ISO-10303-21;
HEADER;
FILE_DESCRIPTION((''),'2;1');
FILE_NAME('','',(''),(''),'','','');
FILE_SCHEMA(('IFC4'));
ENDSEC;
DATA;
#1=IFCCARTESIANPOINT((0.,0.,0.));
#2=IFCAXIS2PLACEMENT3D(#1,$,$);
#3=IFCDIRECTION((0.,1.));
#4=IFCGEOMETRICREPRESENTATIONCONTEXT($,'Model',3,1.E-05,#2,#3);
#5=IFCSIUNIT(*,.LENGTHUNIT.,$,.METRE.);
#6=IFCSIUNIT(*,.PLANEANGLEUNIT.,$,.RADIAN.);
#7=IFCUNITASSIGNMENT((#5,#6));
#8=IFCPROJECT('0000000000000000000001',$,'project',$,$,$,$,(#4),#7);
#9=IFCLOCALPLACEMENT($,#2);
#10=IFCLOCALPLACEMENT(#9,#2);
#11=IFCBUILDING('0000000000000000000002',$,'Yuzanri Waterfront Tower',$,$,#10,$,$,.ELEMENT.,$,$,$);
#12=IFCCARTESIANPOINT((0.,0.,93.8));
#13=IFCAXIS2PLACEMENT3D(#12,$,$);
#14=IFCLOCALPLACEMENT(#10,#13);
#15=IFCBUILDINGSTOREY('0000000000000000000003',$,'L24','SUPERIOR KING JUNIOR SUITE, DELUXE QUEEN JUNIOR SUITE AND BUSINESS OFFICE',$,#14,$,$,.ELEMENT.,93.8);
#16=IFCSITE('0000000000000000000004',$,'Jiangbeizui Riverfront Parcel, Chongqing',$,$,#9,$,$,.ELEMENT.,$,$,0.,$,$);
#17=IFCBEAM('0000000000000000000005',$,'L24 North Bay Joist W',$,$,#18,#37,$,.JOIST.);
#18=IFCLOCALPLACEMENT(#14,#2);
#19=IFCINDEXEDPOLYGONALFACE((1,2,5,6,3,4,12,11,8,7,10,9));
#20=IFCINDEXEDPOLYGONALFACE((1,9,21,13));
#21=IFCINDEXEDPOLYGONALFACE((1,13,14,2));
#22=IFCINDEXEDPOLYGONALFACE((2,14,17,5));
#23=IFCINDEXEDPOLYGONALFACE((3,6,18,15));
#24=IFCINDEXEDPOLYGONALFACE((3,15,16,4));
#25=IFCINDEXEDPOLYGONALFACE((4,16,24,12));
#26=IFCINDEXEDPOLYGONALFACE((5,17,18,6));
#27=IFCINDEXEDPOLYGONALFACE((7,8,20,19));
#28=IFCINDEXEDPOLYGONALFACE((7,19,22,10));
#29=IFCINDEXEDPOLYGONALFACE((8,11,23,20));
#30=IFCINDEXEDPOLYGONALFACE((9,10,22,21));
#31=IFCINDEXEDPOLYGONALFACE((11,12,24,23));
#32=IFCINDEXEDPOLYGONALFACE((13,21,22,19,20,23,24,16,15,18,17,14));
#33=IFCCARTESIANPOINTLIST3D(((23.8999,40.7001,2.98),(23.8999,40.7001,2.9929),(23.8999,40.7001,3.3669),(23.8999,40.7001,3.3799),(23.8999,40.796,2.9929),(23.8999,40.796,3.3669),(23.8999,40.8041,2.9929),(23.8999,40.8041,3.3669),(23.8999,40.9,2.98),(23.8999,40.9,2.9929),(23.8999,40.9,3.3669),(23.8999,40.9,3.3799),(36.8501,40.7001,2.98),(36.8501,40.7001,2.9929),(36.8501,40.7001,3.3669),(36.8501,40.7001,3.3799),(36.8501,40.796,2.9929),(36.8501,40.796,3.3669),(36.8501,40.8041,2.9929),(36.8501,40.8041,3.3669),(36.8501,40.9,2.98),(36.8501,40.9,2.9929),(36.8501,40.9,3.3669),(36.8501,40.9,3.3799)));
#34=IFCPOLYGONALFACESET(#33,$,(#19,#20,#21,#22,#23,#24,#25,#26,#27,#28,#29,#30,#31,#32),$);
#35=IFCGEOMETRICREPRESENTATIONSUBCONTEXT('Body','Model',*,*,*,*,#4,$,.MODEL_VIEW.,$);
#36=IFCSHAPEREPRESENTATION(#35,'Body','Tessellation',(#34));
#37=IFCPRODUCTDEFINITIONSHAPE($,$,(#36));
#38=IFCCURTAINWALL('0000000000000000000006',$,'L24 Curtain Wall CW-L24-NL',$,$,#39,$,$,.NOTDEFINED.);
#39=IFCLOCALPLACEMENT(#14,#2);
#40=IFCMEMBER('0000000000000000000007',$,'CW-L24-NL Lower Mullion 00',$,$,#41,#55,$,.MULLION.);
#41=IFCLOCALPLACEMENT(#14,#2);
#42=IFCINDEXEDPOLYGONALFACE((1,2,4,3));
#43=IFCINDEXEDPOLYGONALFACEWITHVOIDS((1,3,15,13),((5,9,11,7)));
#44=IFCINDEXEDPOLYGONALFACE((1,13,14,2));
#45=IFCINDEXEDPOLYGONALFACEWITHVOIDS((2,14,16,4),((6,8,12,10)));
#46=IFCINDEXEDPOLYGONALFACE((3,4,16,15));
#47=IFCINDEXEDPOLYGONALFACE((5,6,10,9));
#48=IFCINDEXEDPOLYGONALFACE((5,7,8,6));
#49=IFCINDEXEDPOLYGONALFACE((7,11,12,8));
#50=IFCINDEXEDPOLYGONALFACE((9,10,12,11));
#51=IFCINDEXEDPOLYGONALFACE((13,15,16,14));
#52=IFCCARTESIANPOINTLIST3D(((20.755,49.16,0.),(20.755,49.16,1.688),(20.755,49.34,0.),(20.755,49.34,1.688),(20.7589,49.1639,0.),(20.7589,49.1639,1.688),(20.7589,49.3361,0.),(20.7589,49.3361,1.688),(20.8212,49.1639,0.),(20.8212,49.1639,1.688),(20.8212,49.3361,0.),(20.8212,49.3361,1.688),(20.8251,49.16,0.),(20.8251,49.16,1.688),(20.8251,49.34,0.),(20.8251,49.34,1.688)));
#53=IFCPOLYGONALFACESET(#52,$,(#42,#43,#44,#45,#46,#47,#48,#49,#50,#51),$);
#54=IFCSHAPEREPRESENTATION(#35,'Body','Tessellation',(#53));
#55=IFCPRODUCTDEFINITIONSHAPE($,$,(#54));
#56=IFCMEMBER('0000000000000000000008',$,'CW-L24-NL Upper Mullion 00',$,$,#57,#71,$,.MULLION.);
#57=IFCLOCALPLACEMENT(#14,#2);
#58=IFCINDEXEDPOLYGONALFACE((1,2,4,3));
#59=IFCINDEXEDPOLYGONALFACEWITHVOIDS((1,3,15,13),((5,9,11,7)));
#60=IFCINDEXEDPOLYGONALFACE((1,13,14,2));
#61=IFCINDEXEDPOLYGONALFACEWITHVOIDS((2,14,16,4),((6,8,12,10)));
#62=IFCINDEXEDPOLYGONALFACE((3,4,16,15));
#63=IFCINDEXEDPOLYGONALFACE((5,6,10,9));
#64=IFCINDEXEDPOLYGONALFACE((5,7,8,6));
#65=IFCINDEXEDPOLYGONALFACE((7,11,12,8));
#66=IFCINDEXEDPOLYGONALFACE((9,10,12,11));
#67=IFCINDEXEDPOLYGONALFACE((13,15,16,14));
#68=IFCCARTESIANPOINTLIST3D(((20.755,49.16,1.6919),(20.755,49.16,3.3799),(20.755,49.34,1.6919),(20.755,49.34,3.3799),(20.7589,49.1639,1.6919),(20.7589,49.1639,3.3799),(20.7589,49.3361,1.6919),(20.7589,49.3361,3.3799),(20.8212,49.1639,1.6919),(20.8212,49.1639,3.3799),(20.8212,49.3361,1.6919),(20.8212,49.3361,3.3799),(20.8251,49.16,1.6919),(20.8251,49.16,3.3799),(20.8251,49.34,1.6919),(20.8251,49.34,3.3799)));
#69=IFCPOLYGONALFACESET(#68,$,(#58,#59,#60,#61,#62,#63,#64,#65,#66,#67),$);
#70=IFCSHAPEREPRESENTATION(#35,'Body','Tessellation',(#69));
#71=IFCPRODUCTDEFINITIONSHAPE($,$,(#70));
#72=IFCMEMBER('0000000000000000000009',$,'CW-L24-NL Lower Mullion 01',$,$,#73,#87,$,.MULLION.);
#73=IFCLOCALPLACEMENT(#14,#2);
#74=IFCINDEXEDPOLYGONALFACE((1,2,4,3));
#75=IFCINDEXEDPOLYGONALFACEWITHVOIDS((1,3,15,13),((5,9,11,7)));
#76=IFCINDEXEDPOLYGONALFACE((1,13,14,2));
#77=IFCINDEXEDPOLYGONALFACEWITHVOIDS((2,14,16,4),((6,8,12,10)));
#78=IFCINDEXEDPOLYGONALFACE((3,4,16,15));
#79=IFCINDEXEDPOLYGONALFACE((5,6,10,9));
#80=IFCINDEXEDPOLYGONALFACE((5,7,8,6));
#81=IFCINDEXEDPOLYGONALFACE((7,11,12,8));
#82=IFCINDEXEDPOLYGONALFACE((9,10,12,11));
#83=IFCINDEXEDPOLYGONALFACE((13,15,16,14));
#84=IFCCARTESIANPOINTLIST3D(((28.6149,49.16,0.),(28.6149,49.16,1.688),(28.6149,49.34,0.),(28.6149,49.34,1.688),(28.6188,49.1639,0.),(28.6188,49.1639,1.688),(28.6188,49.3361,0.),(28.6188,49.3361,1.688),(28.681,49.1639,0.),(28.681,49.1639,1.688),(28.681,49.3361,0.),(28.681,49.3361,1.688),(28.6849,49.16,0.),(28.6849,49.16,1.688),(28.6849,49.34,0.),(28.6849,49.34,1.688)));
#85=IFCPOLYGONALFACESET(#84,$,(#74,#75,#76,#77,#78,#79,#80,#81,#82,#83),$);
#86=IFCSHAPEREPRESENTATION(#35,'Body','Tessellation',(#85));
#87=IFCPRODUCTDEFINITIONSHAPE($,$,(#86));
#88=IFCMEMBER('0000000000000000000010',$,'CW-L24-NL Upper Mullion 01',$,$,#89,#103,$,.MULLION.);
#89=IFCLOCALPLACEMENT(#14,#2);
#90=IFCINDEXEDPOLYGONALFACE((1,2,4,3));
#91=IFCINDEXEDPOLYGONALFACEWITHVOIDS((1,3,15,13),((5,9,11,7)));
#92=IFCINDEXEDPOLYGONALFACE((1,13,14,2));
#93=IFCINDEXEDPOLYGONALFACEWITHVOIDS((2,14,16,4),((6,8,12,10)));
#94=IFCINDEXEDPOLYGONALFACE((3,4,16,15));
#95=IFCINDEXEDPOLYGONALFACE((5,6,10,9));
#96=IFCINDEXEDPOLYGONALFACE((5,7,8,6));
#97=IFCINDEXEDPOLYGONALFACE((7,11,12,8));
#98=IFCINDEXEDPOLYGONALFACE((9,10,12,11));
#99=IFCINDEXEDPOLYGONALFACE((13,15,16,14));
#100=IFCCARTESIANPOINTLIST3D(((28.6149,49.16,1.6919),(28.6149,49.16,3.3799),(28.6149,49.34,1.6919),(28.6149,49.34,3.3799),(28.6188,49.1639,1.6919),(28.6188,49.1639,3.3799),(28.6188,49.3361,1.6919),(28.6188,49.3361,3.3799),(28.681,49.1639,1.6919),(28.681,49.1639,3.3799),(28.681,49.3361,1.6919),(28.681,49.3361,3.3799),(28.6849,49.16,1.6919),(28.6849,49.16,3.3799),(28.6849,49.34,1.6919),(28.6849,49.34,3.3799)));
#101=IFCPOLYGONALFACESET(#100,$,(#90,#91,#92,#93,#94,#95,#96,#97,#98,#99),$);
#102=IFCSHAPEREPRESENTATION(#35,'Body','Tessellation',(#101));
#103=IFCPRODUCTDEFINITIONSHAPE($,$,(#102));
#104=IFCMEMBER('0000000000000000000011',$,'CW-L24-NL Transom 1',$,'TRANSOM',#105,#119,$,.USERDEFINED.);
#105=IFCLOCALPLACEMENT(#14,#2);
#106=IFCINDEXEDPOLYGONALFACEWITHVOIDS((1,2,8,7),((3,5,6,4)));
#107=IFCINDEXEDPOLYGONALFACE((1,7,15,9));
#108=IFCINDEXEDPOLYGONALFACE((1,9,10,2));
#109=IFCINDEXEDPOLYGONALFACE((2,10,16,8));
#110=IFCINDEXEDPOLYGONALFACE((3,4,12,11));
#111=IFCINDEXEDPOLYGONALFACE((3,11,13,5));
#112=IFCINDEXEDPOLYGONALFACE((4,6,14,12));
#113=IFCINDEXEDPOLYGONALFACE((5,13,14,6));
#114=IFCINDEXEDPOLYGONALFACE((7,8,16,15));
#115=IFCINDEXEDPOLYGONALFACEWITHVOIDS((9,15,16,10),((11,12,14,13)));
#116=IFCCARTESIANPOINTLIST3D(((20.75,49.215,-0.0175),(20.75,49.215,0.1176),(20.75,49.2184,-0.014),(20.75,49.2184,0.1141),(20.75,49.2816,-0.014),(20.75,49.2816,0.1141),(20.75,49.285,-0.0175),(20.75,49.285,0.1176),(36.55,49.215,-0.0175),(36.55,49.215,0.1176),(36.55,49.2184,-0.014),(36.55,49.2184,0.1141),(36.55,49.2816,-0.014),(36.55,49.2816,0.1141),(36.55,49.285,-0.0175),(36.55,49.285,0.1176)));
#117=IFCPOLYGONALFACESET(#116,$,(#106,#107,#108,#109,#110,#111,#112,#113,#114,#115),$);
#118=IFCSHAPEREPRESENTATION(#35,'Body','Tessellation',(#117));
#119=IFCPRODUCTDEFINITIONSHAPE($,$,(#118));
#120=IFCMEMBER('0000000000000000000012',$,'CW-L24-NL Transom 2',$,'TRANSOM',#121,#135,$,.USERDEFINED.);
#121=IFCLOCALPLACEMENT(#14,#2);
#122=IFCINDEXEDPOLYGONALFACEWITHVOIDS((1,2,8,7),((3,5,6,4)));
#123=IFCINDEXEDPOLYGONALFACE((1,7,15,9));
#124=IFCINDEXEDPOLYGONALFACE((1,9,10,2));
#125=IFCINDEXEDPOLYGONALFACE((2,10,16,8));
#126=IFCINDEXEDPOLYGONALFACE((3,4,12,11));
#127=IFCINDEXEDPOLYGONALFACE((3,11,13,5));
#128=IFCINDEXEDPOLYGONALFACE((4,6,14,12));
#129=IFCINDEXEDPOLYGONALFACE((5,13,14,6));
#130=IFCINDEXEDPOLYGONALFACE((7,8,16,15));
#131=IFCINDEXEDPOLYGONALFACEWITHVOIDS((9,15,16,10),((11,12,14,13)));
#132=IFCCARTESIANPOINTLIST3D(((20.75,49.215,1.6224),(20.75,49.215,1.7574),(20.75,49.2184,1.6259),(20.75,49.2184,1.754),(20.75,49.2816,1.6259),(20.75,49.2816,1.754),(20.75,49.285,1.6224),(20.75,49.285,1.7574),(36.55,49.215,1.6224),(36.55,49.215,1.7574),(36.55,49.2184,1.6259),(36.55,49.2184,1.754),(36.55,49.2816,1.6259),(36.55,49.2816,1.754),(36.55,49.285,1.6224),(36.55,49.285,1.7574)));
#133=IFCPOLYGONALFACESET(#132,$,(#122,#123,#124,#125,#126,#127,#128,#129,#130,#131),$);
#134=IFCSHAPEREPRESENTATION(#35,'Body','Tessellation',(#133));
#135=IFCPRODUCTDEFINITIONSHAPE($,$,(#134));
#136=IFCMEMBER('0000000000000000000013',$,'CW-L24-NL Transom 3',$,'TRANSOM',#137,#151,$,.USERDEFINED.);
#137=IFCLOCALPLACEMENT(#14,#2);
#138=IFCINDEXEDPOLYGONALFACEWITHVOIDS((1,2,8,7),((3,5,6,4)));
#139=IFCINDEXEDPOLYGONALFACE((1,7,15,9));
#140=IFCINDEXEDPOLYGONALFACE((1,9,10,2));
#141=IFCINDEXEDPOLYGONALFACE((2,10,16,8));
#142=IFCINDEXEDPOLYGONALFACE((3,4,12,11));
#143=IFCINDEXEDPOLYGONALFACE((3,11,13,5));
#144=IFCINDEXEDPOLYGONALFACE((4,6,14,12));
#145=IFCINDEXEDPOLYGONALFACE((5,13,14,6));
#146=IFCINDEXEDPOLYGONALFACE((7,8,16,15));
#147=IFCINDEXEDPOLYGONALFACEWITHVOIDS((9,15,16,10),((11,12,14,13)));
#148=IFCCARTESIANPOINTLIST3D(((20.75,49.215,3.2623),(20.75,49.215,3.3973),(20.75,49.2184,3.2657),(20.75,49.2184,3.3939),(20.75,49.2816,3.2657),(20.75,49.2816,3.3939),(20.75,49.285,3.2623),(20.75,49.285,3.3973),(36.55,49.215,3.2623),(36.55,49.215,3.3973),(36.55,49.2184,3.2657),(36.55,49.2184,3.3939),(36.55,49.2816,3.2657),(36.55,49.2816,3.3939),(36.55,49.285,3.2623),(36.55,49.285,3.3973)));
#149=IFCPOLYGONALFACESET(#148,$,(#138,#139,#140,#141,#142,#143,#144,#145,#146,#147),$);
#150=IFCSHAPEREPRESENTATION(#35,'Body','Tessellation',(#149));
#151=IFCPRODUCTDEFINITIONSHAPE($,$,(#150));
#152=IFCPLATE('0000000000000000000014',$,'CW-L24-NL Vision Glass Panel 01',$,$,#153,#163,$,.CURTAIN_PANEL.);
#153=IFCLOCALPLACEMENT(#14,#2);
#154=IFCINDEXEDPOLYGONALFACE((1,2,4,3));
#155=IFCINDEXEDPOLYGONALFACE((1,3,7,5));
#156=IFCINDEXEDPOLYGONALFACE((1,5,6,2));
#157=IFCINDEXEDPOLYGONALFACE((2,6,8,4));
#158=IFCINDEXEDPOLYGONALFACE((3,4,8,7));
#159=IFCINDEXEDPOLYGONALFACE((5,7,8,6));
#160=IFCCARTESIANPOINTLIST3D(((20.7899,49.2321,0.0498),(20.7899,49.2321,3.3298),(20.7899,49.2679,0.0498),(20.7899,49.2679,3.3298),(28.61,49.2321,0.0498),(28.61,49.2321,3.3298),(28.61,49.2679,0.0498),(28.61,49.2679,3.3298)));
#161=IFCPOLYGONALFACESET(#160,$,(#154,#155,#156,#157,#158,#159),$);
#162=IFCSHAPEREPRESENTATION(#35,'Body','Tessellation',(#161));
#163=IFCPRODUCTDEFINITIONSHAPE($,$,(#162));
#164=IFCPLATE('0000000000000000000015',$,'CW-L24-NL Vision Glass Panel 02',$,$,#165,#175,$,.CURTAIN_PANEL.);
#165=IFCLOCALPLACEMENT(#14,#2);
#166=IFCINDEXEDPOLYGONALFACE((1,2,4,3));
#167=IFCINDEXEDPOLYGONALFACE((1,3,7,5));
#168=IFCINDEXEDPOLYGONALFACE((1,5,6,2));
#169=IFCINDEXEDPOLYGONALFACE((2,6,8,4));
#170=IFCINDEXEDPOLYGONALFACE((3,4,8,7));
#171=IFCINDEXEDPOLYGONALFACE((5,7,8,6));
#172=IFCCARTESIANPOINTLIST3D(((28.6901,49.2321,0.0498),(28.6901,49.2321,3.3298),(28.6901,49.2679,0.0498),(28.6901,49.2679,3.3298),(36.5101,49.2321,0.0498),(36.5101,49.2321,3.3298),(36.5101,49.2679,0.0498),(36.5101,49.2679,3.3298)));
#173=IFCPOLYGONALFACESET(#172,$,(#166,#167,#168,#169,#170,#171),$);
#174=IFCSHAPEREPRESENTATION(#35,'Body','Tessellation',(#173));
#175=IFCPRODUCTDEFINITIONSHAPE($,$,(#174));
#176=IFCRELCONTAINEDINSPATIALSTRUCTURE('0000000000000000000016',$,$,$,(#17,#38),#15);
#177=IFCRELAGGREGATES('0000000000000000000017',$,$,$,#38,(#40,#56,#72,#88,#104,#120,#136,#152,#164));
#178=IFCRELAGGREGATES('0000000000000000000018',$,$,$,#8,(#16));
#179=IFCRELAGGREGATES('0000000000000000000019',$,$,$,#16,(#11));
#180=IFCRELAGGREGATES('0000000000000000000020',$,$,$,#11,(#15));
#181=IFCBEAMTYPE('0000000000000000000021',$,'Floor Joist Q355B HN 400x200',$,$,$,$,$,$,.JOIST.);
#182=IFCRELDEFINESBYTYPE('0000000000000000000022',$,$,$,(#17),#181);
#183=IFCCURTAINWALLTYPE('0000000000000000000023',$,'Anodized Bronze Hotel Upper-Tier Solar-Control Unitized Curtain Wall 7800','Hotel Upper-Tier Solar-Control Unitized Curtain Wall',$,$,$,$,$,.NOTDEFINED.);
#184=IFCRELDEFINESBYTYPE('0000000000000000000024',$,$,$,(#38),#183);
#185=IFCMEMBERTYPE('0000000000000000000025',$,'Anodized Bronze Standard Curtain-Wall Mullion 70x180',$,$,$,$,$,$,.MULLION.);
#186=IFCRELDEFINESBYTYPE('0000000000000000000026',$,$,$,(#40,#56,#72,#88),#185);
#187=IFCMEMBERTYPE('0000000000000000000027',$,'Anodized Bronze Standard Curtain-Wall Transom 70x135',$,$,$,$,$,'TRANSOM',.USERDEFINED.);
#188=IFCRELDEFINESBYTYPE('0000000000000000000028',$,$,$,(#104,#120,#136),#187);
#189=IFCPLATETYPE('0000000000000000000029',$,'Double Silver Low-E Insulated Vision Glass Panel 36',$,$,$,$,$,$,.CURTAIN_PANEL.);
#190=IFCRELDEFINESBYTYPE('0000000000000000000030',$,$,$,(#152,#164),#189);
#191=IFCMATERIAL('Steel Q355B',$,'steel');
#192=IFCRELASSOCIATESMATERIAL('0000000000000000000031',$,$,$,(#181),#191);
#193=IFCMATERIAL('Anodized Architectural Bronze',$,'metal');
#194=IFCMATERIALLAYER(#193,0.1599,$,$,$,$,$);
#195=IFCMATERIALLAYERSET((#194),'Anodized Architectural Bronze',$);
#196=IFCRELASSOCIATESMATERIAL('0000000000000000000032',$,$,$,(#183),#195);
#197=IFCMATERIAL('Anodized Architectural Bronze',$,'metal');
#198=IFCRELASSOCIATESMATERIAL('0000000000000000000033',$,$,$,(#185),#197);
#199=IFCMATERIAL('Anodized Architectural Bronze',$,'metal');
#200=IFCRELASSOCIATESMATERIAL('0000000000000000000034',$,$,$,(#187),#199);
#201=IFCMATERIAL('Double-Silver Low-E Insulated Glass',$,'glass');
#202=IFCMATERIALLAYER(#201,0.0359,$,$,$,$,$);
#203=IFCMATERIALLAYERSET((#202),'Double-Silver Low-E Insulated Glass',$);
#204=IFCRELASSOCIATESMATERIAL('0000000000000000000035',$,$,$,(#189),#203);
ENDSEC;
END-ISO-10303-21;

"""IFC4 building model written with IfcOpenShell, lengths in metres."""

from ifc_helpers import new_model, si_unit, direction, frame, origin, origin_2d, place, context, subcontext, project, spatial, rectangle, hollow_rectangle, i_section, extrude, source, transform, mapped, material, layer, layer_set, material_profile, profile_set, type_object, element, aggregate, save


model = new_model("IFC4")

# Units and contexts
model_context = context("Model", 3, precision=1e-05, world=origin(), true_north=direction((0.0, 1.0)))
body_context = subcontext(model_context, "Body", "Model", "MODEL_VIEW")
ifc_project = project(units=[si_unit("LENGTHUNIT", "METRE"), si_unit("PLANEANGLEUNIT", "RADIAN")], contexts=[model_context])

# Site, building, storey
site_placement = place(None, origin())
site = spatial("IfcSite", under=ifc_project, at=site_placement, Name="Jiangbeizui Riverfront Parcel, Chongqing", CompositionType="ELEMENT", RefElevation=0.0)
building_placement = place(site_placement, origin())
building = spatial("IfcBuilding", under=site, at=building_placement, Name="Yuzanri Waterfront Tower", CompositionType="ELEMENT")
storey_placement = place(building_placement, frame((0.0, 0.0, 93.8)))
storey = spatial("IfcBuildingStorey", under=building, at=storey_placement, Name="L24", Description="SUPERIOR KING JUNIOR SUITE, DELUXE QUEEN JUNIOR SUITE AND BUSINESS OFFICE", CompositionType="ELEMENT", Elevation=93.8)

# Beam
ifc_material_1 = material(Name="Steel Q355B", Category="steel")
ifc_material_profile_1 = material_profile(ifc_material_1, i_section(OverallWidth=0.2, OverallDepth=0.3999, WebThickness=0.0081, FlangeThickness=0.0129, at=origin_2d()), Name="HN 400x200x8x13")
ifc_profile_set_1 = profile_set([ifc_material_profile_1], Name="Steel Q355B")
beam_type = type_object("IfcBeamType", Name="Floor Joist Q355B HN 400x200", PredefinedType="JOIST", material=ifc_profile_set_1)
shared_shape_1 = source(origin(), body_context, "Body", "SweptSolid", [
    extrude(i_section(OverallWidth=0.2, OverallDepth=0.3999, WebThickness=0.0081, FlangeThickness=0.0129, at=origin_2d()), origin(), (0.0, 0.0, 1.0), 12.9502),
])
beam_placement = place(storey_placement, frame((23.8999, 40.8, 3.1799), z_axis=(1.0, 0.0, 0.0), x_axis=(0.0, 1.0, 0.0)))
element("IfcBeam", 1, at=beam_placement, inside=storey, type_object=beam_type, Name="L24 North Bay Joist W", PredefinedType="JOIST", context=body_context, shape_type="MappedRepresentation", body=[
    mapped(shared_shape_1, transform((0.0, 0.0, 0.0), scale=1.0)),
])

# Curtain wall, members, plates
ifc_material_2 = material(Name="Anodized Architectural Bronze", Category="metal")
ifc_layer_1 = layer(ifc_material_2, 0.1599)
ifc_layer_set_1 = layer_set([ifc_layer_1], Name="Anodized Architectural Bronze")
curtain_wall_type = type_object("IfcCurtainWallType", Name="Anodized Bronze Hotel Upper-Tier Solar-Control Unitized Curtain Wall 7800", Description="Hotel Upper-Tier Solar-Control Unitized Curtain Wall", PredefinedType="NOTDEFINED", material=ifc_layer_set_1)
curtain_wall_placement = place(storey_placement, origin())
curtain_wall = element("IfcCurtainWall", 2, at=curtain_wall_placement, inside=storey, type_object=curtain_wall_type, Name="L24 Curtain Wall CW-L24-NL", PredefinedType="NOTDEFINED")
ifc_material_3 = material(Name="Anodized Architectural Bronze", Category="metal")
ifc_material_profile_2 = material_profile(ifc_material_3, hollow_rectangle(XDim=0.0701, YDim=0.1799, WallThickness=0.0039, at=origin_2d()), Name="CWM 70x180")
ifc_profile_set_2 = profile_set([ifc_material_profile_2], Name="Anodized Architectural Bronze")
member_type_1 = type_object("IfcMemberType", Name="Anodized Bronze Standard Curtain-Wall Mullion 70x180", PredefinedType="MULLION", material=ifc_profile_set_2)
shared_shape_2 = source(origin(), body_context, "Body", "SweptSolid", [
    extrude(hollow_rectangle(XDim=0.0701, YDim=0.1799, WallThickness=0.0039, at=origin_2d()), origin(), (0.0, 0.0, 1.0), 1.688),
])
member_1_placement = place(storey_placement, frame((20.79, 49.25, 0.0), z_axis=(0.0, 0.0, 1.0), x_axis=(1.0, 0.0, 0.0)))
member_1 = element("IfcMember", 3, at=member_1_placement, type_object=member_type_1, Name="CW-L24-NL Lower Mullion 00", PredefinedType="MULLION", context=body_context, shape_type="MappedRepresentation", body=[
    mapped(shared_shape_2, transform((0.0, 0.0, 0.0), scale=1.0)),
])
member_2_placement = place(storey_placement, frame((20.79, 49.25, 1.6919), z_axis=(0.0, 0.0, 1.0), x_axis=(1.0, 0.0, 0.0)))
member_2 = element("IfcMember", 4, at=member_2_placement, type_object=member_type_1, Name="CW-L24-NL Upper Mullion 00", PredefinedType="MULLION", context=body_context, shape_type="MappedRepresentation", body=[
    mapped(shared_shape_2, transform((0.0, 0.0, 0.0), scale=1.0)),
])
member_3_placement = place(storey_placement, frame((28.6499, 49.25, 0.0), z_axis=(0.0, 0.0, 1.0), x_axis=(1.0, 0.0, 0.0)))
member_3 = element("IfcMember", 5, at=member_3_placement, type_object=member_type_1, Name="CW-L24-NL Lower Mullion 01", PredefinedType="MULLION", context=body_context, shape_type="MappedRepresentation", body=[
    mapped(shared_shape_2, transform((0.0, 0.0, 0.0), scale=1.0)),
])
member_4_placement = place(storey_placement, frame((28.6499, 49.25, 1.6919), z_axis=(0.0, 0.0, 1.0), x_axis=(1.0, 0.0, 0.0)))
member_4 = element("IfcMember", 6, at=member_4_placement, type_object=member_type_1, Name="CW-L24-NL Upper Mullion 01", PredefinedType="MULLION", context=body_context, shape_type="MappedRepresentation", body=[
    mapped(shared_shape_2, transform((0.0, 0.0, 0.0), scale=1.0)),
])
ifc_material_4 = material(Name="Anodized Architectural Bronze", Category="metal")
ifc_material_profile_3 = material_profile(ifc_material_4, hollow_rectangle(XDim=0.0701, YDim=0.135, WallThickness=0.0034, at=origin_2d()), Name="CWT 70x135")
ifc_profile_set_3 = profile_set([ifc_material_profile_3], Name="Anodized Architectural Bronze")
member_type_2 = type_object("IfcMemberType", Name="Anodized Bronze Standard Curtain-Wall Transom 70x135", ElementType="TRANSOM", PredefinedType="USERDEFINED", material=ifc_profile_set_3)
shared_shape_3 = source(origin(), body_context, "Body", "SweptSolid", [
    extrude(hollow_rectangle(XDim=0.0701, YDim=0.135, WallThickness=0.0034, at=origin_2d()), origin(), (0.0, 0.0, 1.0), 15.8),
])
member_5_placement = place(storey_placement, frame((20.75, 49.25, 0.05), z_axis=(1.0, 0.0, 0.0), x_axis=(0.0, 1.0, 0.0)))
member_5 = element("IfcMember", 7, at=member_5_placement, type_object=member_type_2, Name="CW-L24-NL Transom 1", ObjectType="TRANSOM", PredefinedType="USERDEFINED", context=body_context, shape_type="MappedRepresentation", body=[
    mapped(shared_shape_3, transform((0.0, 0.0, 0.0), scale=1.0)),
])
member_6_placement = place(storey_placement, frame((20.75, 49.25, 1.6899), z_axis=(1.0, 0.0, 0.0), x_axis=(0.0, 1.0, 0.0)))
member_6 = element("IfcMember", 8, at=member_6_placement, type_object=member_type_2, Name="CW-L24-NL Transom 2", ObjectType="TRANSOM", PredefinedType="USERDEFINED", context=body_context, shape_type="MappedRepresentation", body=[
    mapped(shared_shape_3, transform((0.0, 0.0, 0.0), scale=1.0)),
])
member_7_placement = place(storey_placement, frame((20.75, 49.25, 3.3298), z_axis=(1.0, 0.0, 0.0), x_axis=(0.0, 1.0, 0.0)))
member_7 = element("IfcMember", 9, at=member_7_placement, type_object=member_type_2, Name="CW-L24-NL Transom 3", ObjectType="TRANSOM", PredefinedType="USERDEFINED", context=body_context, shape_type="MappedRepresentation", body=[
    mapped(shared_shape_3, transform((0.0, 0.0, 0.0), scale=1.0)),
])
ifc_material_5 = material(Name="Double-Silver Low-E Insulated Glass", Category="glass")
ifc_layer_2 = layer(ifc_material_5, 0.0359)
ifc_layer_set_2 = layer_set([ifc_layer_2], Name="Double-Silver Low-E Insulated Glass")
plate_type = type_object("IfcPlateType", Name="Double Silver Low-E Insulated Vision Glass Panel 36", PredefinedType="CURTAIN_PANEL", material=ifc_layer_set_2)
shared_shape_4 = source(origin(), body_context, "Body", "SweptSolid", [
    extrude(rectangle(XDim=7.8201, YDim=0.0359, at=origin_2d()), origin(), (0.0, 0.0, 1.0), 3.28),
])
plate_1_placement = place(storey_placement, frame((24.7, 49.25, 0.0498), z_axis=(0.0, 0.0, 1.0), x_axis=(1.0, 0.0, 0.0)))
plate_1 = element("IfcPlate", 10, at=plate_1_placement, type_object=plate_type, Name="CW-L24-NL Vision Glass Panel 01", PredefinedType="CURTAIN_PANEL", context=body_context, shape_type="MappedRepresentation", body=[
    mapped(shared_shape_4, transform((0.0, 0.0, 0.0), scale=1.0)),
])
plate_2_placement = place(storey_placement, frame((32.6001, 49.25, 0.0498), z_axis=(0.0, 0.0, 1.0), x_axis=(1.0, 0.0, 0.0)))
plate_2 = element("IfcPlate", 11, at=plate_2_placement, type_object=plate_type, Name="CW-L24-NL Vision Glass Panel 02", PredefinedType="CURTAIN_PANEL", context=body_context, shape_type="MappedRepresentation", body=[
    mapped(shared_shape_4, transform((0.0, 0.0, 0.0), scale=1.0)),
])
aggregate(curtain_wall, [member_1, member_2, member_3, member_4, member_5, member_6, member_7, plate_1, plate_2])

save(model, "model.ifc")
